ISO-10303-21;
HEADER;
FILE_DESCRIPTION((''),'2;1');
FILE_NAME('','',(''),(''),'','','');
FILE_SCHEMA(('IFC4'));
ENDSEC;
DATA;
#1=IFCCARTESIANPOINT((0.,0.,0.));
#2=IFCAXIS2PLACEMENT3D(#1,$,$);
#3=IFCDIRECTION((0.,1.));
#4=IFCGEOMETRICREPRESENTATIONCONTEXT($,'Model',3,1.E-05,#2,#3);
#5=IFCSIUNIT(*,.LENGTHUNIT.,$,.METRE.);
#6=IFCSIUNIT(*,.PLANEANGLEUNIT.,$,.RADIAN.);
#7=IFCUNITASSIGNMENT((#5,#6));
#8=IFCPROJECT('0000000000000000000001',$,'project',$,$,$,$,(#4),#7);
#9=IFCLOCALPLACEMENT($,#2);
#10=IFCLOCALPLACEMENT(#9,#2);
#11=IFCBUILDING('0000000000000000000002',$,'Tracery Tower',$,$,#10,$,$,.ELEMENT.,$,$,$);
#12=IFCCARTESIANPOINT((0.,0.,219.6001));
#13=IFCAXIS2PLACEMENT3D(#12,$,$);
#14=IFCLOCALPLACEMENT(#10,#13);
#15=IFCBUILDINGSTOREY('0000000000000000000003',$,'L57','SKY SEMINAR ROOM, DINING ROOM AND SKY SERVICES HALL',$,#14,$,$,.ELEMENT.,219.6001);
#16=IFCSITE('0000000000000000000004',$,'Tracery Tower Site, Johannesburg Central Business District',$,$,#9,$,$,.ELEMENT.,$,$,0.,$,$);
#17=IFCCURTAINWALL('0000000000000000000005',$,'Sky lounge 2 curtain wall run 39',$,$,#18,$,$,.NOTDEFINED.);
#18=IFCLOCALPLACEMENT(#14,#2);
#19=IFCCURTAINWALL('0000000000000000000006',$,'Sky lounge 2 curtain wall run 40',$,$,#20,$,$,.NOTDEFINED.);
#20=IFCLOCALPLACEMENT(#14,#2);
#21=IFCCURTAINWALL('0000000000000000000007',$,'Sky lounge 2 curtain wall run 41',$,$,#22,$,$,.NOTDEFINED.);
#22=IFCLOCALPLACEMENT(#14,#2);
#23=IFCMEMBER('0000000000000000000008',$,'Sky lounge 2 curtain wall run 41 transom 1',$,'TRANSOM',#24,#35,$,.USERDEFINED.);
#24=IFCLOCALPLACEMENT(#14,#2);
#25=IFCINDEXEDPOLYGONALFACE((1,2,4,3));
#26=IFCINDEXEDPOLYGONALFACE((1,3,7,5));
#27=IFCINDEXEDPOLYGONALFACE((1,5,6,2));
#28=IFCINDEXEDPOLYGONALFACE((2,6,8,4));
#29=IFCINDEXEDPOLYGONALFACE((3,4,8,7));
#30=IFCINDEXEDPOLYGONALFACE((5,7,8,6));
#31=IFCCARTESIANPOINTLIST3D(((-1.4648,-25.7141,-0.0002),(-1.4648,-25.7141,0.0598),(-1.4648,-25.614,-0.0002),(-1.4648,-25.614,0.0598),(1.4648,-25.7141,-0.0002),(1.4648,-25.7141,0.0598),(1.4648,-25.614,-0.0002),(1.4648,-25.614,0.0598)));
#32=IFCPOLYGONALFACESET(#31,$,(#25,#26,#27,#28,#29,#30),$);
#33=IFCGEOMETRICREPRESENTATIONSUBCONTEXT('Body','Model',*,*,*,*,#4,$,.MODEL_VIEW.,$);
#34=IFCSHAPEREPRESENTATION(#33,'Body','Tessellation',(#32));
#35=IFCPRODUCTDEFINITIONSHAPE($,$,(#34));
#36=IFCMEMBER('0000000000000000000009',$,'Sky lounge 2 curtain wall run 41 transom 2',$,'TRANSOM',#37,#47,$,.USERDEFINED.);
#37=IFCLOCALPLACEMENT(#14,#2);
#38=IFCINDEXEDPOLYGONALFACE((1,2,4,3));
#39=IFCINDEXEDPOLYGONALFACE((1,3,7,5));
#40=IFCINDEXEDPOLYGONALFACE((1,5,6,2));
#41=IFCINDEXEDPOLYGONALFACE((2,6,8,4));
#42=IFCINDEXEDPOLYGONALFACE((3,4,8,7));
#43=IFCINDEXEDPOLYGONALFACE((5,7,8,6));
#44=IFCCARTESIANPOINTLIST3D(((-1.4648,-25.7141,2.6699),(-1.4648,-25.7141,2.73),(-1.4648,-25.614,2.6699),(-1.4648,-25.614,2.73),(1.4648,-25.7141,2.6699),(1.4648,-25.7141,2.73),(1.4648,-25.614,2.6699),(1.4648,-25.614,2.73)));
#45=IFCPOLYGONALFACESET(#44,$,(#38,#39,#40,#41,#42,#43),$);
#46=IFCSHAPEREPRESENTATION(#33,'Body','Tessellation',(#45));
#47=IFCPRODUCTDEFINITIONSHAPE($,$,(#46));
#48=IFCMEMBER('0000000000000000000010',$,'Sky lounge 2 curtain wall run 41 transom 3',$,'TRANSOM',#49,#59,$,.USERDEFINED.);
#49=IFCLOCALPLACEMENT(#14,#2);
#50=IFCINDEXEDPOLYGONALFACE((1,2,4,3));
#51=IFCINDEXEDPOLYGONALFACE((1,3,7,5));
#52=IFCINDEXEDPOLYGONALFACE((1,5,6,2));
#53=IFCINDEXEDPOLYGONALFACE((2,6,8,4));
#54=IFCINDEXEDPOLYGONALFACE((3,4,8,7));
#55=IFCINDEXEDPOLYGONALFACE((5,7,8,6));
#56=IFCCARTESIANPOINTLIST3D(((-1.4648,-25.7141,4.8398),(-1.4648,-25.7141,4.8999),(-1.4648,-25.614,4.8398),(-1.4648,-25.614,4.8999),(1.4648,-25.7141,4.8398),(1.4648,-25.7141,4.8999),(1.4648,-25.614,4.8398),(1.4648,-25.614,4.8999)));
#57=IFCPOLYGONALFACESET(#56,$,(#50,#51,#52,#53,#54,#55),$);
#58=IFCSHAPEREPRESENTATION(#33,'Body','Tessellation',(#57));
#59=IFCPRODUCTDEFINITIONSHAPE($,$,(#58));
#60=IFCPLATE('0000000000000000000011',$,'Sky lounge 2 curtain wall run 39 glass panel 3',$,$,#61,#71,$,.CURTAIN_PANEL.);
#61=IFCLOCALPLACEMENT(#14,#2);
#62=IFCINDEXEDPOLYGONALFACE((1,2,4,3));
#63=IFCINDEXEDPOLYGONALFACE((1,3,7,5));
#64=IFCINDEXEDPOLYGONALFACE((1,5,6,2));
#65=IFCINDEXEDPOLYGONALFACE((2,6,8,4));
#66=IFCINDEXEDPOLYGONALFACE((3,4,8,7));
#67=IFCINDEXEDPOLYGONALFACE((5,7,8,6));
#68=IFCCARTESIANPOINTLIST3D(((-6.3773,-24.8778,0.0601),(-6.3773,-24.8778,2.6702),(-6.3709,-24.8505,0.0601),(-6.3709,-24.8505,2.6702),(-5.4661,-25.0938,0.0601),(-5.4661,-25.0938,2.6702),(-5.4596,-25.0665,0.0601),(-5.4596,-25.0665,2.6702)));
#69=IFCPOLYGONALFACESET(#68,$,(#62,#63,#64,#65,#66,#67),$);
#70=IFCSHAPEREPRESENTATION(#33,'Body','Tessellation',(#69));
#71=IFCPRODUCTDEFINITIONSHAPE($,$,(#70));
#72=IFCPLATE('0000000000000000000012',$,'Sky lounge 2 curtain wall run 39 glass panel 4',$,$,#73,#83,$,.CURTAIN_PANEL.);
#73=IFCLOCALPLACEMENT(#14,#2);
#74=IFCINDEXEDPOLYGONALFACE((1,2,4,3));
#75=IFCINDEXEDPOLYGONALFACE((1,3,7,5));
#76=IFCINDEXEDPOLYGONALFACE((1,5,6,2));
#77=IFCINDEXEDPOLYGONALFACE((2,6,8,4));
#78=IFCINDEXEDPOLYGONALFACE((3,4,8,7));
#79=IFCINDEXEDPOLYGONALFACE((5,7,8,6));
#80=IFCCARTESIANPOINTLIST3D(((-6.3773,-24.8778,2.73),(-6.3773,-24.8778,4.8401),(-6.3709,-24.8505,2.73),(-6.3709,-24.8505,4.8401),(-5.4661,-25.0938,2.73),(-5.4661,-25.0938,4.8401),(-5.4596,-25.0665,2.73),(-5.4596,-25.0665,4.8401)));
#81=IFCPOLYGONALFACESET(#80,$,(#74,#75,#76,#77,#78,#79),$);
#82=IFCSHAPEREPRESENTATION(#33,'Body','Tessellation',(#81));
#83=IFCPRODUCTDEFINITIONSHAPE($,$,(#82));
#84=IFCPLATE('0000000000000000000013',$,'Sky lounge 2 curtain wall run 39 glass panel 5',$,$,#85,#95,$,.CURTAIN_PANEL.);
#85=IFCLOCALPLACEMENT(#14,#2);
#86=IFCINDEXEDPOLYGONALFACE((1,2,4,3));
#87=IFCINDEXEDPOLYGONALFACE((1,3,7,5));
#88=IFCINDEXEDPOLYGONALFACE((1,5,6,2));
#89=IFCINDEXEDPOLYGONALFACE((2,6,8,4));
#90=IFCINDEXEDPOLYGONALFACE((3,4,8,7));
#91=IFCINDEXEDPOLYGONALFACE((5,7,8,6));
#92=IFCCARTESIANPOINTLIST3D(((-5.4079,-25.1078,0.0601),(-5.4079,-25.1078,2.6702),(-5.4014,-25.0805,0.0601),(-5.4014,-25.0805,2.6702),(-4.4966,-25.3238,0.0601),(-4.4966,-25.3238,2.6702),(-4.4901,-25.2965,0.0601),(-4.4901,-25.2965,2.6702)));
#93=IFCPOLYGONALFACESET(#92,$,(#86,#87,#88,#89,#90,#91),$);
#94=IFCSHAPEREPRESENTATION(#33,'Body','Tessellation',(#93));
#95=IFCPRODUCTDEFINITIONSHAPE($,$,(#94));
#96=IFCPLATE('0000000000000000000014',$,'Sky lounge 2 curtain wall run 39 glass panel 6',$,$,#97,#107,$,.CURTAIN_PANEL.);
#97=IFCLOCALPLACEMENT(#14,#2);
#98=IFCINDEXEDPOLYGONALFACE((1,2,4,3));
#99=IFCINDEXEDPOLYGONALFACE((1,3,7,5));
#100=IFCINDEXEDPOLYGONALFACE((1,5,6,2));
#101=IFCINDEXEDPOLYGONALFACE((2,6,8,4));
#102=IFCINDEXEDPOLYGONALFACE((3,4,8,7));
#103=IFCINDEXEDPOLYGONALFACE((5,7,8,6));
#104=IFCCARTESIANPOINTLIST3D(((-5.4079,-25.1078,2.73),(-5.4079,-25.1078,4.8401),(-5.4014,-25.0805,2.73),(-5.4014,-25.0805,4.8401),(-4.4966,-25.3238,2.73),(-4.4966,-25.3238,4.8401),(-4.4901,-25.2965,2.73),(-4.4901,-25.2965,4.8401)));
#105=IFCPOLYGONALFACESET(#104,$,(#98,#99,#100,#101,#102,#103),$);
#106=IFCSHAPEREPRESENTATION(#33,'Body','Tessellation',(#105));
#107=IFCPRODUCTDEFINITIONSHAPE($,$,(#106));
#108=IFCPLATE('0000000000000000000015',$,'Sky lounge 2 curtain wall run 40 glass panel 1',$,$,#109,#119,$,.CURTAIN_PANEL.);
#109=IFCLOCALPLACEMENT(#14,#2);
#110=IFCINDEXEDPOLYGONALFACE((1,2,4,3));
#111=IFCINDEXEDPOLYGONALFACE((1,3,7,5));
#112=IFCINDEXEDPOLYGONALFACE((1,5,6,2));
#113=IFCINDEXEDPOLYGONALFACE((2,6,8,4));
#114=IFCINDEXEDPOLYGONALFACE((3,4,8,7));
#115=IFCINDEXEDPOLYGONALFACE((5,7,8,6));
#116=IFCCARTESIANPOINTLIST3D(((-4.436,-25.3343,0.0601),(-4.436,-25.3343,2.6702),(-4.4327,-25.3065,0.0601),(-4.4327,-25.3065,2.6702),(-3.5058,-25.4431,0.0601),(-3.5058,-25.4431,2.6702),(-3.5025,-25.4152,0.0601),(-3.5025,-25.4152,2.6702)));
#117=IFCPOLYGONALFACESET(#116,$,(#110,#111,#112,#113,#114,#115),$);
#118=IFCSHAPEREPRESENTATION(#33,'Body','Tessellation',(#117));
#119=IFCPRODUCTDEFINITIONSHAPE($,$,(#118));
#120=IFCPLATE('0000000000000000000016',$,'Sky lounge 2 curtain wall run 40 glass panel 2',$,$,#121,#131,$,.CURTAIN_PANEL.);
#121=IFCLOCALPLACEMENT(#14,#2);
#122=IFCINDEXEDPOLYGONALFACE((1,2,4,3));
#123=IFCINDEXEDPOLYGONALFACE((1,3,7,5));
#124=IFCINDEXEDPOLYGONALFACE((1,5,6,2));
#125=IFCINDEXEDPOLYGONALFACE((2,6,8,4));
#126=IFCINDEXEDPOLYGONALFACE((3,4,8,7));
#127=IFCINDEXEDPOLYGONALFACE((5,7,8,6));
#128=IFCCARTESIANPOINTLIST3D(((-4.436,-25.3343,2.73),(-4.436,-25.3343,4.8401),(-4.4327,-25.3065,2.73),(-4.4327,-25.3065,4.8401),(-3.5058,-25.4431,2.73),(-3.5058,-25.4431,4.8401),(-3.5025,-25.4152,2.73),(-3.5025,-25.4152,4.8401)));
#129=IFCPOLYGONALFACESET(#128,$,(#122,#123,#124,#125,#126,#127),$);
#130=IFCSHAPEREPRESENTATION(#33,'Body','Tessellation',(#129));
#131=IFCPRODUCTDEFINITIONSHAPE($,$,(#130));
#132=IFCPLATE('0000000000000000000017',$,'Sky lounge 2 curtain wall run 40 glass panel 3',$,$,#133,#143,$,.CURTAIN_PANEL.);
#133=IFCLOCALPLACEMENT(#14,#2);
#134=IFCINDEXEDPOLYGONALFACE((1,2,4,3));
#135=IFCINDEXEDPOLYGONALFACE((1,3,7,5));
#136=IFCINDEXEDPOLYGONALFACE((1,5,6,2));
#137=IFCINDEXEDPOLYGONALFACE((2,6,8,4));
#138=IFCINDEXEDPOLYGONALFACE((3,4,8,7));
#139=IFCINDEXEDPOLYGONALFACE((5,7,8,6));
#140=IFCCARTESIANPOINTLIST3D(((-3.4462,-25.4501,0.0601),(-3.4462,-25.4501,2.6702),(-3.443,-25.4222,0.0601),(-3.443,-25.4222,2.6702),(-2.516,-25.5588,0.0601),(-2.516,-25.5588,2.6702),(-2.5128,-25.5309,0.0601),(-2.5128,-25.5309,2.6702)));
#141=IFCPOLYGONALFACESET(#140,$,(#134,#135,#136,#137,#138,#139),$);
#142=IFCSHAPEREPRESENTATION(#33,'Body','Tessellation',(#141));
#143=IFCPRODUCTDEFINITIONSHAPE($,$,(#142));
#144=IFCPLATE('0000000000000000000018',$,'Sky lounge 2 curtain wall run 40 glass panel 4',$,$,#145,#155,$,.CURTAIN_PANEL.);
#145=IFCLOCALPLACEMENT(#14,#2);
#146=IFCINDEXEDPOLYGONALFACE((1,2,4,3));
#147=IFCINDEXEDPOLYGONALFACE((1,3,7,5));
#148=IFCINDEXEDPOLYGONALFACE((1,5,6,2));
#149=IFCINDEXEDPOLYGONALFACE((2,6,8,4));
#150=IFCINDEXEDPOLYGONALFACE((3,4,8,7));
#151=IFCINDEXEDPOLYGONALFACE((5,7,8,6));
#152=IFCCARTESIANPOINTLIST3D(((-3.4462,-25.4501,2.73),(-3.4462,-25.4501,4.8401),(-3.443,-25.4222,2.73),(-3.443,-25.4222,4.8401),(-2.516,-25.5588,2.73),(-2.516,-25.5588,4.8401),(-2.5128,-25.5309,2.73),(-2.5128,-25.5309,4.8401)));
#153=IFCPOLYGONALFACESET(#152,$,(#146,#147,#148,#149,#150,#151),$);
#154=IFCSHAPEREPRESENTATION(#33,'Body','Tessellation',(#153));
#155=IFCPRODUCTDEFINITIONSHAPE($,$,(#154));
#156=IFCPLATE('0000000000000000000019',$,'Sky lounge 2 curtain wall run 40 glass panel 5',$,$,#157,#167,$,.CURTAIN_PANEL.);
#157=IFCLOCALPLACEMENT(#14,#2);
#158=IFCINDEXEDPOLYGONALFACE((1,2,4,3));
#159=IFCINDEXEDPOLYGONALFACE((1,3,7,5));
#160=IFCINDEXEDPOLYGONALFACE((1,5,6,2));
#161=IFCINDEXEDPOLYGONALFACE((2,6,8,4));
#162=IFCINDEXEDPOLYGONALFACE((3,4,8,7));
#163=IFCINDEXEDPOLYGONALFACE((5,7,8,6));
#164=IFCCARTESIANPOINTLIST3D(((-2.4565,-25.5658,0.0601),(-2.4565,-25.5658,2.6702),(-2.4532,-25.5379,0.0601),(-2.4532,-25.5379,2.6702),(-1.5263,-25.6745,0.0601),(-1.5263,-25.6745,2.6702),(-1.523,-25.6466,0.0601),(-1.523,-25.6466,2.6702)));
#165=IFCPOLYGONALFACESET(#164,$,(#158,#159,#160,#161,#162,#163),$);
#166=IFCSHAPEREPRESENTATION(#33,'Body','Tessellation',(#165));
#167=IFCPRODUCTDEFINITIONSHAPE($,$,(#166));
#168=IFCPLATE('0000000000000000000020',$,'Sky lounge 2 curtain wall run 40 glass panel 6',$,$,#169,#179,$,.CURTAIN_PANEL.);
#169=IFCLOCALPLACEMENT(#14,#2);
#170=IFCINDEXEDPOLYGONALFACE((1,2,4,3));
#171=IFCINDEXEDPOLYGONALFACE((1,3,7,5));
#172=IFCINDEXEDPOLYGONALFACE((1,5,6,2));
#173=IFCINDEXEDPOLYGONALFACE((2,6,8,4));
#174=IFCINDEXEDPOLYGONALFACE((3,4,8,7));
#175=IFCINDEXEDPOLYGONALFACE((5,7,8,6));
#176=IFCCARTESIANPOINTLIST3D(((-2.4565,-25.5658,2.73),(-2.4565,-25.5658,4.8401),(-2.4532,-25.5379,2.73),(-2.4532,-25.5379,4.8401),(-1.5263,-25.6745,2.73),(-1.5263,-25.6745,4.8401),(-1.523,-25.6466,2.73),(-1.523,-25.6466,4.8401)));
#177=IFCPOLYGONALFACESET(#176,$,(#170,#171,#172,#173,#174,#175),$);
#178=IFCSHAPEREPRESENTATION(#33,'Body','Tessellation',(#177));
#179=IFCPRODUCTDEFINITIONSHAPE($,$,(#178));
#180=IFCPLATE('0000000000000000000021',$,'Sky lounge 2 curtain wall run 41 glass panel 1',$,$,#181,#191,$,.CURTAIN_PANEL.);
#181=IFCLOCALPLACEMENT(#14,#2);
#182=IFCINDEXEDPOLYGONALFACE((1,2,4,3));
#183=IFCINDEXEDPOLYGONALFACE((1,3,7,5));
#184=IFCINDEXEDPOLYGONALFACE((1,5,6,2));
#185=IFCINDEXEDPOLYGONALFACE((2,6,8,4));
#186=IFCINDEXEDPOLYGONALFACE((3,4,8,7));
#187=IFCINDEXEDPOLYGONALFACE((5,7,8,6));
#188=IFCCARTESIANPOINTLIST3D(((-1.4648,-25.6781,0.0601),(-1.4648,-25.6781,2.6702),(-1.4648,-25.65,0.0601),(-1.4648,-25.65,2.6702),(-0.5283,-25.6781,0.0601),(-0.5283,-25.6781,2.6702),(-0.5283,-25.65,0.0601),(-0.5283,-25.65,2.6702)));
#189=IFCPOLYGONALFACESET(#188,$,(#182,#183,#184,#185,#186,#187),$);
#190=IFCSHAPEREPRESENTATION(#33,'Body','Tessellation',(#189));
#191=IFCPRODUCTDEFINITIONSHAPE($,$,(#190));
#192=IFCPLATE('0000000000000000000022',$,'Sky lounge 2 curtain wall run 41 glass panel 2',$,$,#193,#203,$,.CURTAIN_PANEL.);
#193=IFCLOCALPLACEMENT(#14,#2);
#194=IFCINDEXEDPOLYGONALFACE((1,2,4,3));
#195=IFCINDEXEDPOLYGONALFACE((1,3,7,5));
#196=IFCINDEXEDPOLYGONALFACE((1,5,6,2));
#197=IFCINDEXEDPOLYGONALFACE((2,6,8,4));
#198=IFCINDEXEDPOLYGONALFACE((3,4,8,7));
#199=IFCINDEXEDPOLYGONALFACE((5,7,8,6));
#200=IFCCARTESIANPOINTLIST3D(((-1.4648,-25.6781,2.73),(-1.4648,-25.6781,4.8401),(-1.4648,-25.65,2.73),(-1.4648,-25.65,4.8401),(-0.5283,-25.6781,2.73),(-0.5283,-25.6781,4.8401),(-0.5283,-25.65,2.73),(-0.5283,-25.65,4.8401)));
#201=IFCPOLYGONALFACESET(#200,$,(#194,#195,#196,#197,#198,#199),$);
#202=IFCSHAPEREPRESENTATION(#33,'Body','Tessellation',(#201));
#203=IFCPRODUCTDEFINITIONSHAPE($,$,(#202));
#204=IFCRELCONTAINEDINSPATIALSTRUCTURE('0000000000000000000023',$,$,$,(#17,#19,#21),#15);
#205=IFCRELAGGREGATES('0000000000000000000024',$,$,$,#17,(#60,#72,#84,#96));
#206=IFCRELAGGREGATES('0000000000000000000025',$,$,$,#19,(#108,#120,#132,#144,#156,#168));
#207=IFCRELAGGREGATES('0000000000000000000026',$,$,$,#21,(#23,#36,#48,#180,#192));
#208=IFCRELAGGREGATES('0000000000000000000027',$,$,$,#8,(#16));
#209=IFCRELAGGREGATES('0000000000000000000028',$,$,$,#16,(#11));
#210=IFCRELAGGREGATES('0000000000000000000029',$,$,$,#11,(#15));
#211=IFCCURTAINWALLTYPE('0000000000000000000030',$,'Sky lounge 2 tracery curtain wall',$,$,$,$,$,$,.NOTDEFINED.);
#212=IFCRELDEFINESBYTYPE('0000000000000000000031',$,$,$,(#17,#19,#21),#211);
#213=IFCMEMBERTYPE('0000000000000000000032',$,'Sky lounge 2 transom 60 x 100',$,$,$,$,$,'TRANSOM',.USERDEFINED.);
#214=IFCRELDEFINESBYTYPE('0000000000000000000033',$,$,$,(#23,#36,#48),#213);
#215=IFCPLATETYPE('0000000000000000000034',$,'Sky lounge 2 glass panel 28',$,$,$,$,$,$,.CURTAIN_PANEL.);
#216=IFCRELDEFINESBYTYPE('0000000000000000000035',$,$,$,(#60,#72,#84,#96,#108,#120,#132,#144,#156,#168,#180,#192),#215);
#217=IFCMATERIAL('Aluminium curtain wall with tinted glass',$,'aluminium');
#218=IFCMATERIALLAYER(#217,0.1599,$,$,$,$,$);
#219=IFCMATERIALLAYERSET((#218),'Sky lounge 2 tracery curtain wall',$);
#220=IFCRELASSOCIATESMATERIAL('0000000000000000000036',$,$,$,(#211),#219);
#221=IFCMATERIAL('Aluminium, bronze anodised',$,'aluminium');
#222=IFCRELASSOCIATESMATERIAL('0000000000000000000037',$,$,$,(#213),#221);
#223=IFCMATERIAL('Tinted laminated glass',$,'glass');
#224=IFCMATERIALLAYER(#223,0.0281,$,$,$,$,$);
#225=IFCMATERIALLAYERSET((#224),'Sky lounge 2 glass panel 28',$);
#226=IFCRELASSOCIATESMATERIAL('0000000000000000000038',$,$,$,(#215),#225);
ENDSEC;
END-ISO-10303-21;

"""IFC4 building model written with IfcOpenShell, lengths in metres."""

from ifc_helpers import new_model, si_unit, direction, frame, origin, origin_2d, place, context, subcontext, project, spatial, rectangle, extrude, material, layer, layer_set, material_profile, profile_set, type_object, element, aggregate, save


model = new_model("IFC4")

# Units and contexts
model_context = context("Model", 3, precision=1e-05, world=origin(), true_north=direction((0.0, 1.0)))
body_context = subcontext(model_context, "Body", "Model", "MODEL_VIEW")
ifc_project = project(units=[si_unit("LENGTHUNIT", "METRE"), si_unit("PLANEANGLEUNIT", "RADIAN")], contexts=[model_context])

# Site, building, storey
site_placement = place(None, origin())
site = spatial("IfcSite", under=ifc_project, at=site_placement, Name="Tracery Tower Site, Johannesburg Central Business District", CompositionType="ELEMENT", RefElevation=0.0)
building_placement = place(site_placement, origin())
building = spatial("IfcBuilding", under=site, at=building_placement, Name="Tracery Tower", CompositionType="ELEMENT")
storey_placement = place(building_placement, frame((0.0, 0.0, 219.6001)))
storey = spatial("IfcBuildingStorey", under=building, at=storey_placement, Name="L57", Description="SKY SEMINAR ROOM, DINING ROOM AND SKY SERVICES HALL", CompositionType="ELEMENT", Elevation=219.6001)

# Curtain wall
ifc_material_1 = material(Name="Aluminium curtain wall with tinted glass", Category="aluminium")
ifc_layer_1 = layer(ifc_material_1, 0.1599)
ifc_layer_set_1 = layer_set([ifc_layer_1], Name="Sky lounge 2 tracery curtain wall")
curtain_wall_type = type_object("IfcCurtainWallType", Name="Sky lounge 2 tracery curtain wall", PredefinedType="NOTDEFINED", material=ifc_layer_set_1)
curtain_wall_1_placement = place(storey_placement, origin())
curtain_wall_1 = element("IfcCurtainWall", 1, at=curtain_wall_1_placement, inside=storey, type_object=curtain_wall_type, Name="Sky lounge 2 curtain wall run 39", PredefinedType="NOTDEFINED")

# Curtain walls
curtain_wall_2_placement = place(storey_placement, origin())
curtain_wall_2 = element("IfcCurtainWall", 2, at=curtain_wall_2_placement, inside=storey, type_object=curtain_wall_type, Name="Sky lounge 2 curtain wall run 40", PredefinedType="NOTDEFINED")
curtain_wall_3_placement = place(storey_placement, origin())
curtain_wall_3 = element("IfcCurtainWall", 3, at=curtain_wall_3_placement, inside=storey, type_object=curtain_wall_type, Name="Sky lounge 2 curtain wall run 41", PredefinedType="NOTDEFINED")

# Members
ifc_material_2 = material(Name="Aluminium, bronze anodised", Category="aluminium")
ifc_material_profile_1 = material_profile(ifc_material_2, rectangle(XDim=0.1001, YDim=0.0601, at=origin_2d()), Name="AL 60x100")
ifc_profile_set_1 = profile_set([ifc_material_profile_1], Name="Aluminium, bronze anodised")
member_type_1 = type_object("IfcMemberType", Name="Sky lounge 2 transom 60 x 100", ElementType="TRANSOM", PredefinedType="USERDEFINED", material=ifc_profile_set_1)
member_1_placement = place(storey_placement, frame((-1.4648, -25.6641, 0.0298), z_axis=(1.0, 0.0, 0.0), x_axis=(0.0, 1.0, 0.0)))
member_1 = element("IfcMember", 4, at=member_1_placement, type_object=member_type_1, Name="Sky lounge 2 curtain wall run 41 transom 1", ObjectType="TRANSOM", PredefinedType="USERDEFINED", context=body_context, shape_type="SweptSolid", body=[
    extrude(rectangle(XDim=0.1001, YDim=0.0601, at=origin_2d()), origin(), (0.0, 0.0, 1.0), 2.9297),
])
member_2_placement = place(storey_placement, frame((-1.4648, -25.6641, 2.7), z_axis=(1.0, 0.0, 0.0), x_axis=(0.0, 1.0, 0.0)))
member_2 = element("IfcMember", 5, at=member_2_placement, type_object=member_type_1, Name="Sky lounge 2 curtain wall run 41 transom 2", ObjectType="TRANSOM", PredefinedType="USERDEFINED", context=body_context, shape_type="SweptSolid", body=[
    extrude(rectangle(XDim=0.1001, YDim=0.0601, at=origin_2d()), origin(), (0.0, 0.0, 1.0), 2.9297),
])
member_3_placement = place(storey_placement, frame((-1.4648, -25.6641, 4.8699), z_axis=(1.0, 0.0, 0.0), x_axis=(0.0, 1.0, 0.0)))
member_3 = element("IfcMember", 6, at=member_3_placement, type_object=member_type_1, Name="Sky lounge 2 curtain wall run 41 transom 3", ObjectType="TRANSOM", PredefinedType="USERDEFINED", context=body_context, shape_type="SweptSolid", body=[
    extrude(rectangle(XDim=0.1001, YDim=0.0601, at=origin_2d()), origin(), (0.0, 0.0, 1.0), 2.9297),
])

# Plates
ifc_material_3 = material(Name="Tinted laminated glass", Category="glass")
ifc_layer_2 = layer(ifc_material_3, 0.0281)
ifc_layer_set_2 = layer_set([ifc_layer_2], Name="Sky lounge 2 glass panel 28")
plate_type = type_object("IfcPlateType", Name="Sky lounge 2 glass panel 28", PredefinedType="CURTAIN_PANEL", material=ifc_layer_set_2)
plate_1_placement = place(storey_placement, frame((-5.9185, -24.9722, 0.0601), z_axis=(0.0, 0.0, 1.0), x_axis=(0.973045, -0.230616, 0.0)))
plate_1 = element("IfcPlate", 7, at=plate_1_placement, type_object=plate_type, Name="Sky lounge 2 curtain wall run 39 glass panel 3", PredefinedType="CURTAIN_PANEL", context=body_context, shape_type="SweptSolid", body=[
    extrude(rectangle(XDim=0.9365, YDim=0.0281, at=origin_2d()), origin(), (0.0, 0.0, 1.0), 2.6101),
])
plate_2_placement = place(storey_placement, frame((-5.9185, -24.9722, 2.73), z_axis=(0.0, 0.0, 1.0), x_axis=(0.973045, -0.230616, 0.0)))
plate_2 = element("IfcPlate", 8, at=plate_2_placement, type_object=plate_type, Name="Sky lounge 2 curtain wall run 39 glass panel 4", PredefinedType="CURTAIN_PANEL", context=body_context, shape_type="SweptSolid", body=[
    extrude(rectangle(XDim=0.9365, YDim=0.0281, at=origin_2d()), origin(), (0.0, 0.0, 1.0), 2.1101),
])
plate_3_placement = place(storey_placement, frame((-4.949, -25.2021, 0.0601), z_axis=(0.0, 0.0, 1.0), x_axis=(0.973045, -0.230616, 0.0)))
plate_3 = element("IfcPlate", 9, at=plate_3_placement, type_object=plate_type, Name="Sky lounge 2 curtain wall run 39 glass panel 5", PredefinedType="CURTAIN_PANEL", context=body_context, shape_type="SweptSolid", body=[
    extrude(rectangle(XDim=0.9365, YDim=0.0281, at=origin_2d()), origin(), (0.0, 0.0, 1.0), 2.6101),
])
plate_4_placement = place(storey_placement, frame((-4.949, -25.2021, 2.73), z_axis=(0.0, 0.0, 1.0), x_axis=(0.973045, -0.230616, 0.0)))
plate_4 = element("IfcPlate", 10, at=plate_4_placement, type_object=plate_type, Name="Sky lounge 2 curtain wall run 39 glass panel 6", PredefinedType="CURTAIN_PANEL", context=body_context, shape_type="SweptSolid", body=[
    extrude(rectangle(XDim=0.9365, YDim=0.0281, at=origin_2d()), origin(), (0.0, 0.0, 1.0), 2.1101),
])
aggregate(curtain_wall_1, [plate_1, plate_2, plate_3, plate_4])
plate_5_placement = place(storey_placement, frame((-3.9692, -25.3748, 0.0601), z_axis=(0.0, 0.0, 1.0), x_axis=(0.993238, -0.116093, 0.0)))
plate_5 = element("IfcPlate", 11, at=plate_5_placement, type_object=plate_type, Name="Sky lounge 2 curtain wall run 40 glass panel 1", PredefinedType="CURTAIN_PANEL", context=body_context, shape_type="SweptSolid", body=[
    extrude(rectangle(XDim=0.9365, YDim=0.0281, at=origin_2d()), origin(), (0.0, 0.0, 1.0), 2.6101),
])
plate_6_placement = place(storey_placement, frame((-3.9692, -25.3748, 2.73), z_axis=(0.0, 0.0, 1.0), x_axis=(0.993238, -0.116093, 0.0)))
plate_6 = element("IfcPlate", 12, at=plate_6_placement, type_object=plate_type, Name="Sky lounge 2 curtain wall run 40 glass panel 2", PredefinedType="CURTAIN_PANEL", context=body_context, shape_type="SweptSolid", body=[
    extrude(rectangle(XDim=0.9365, YDim=0.0281, at=origin_2d()), origin(), (0.0, 0.0, 1.0), 2.1101),
])
plate_7_placement = place(storey_placement, frame((-2.9795, -25.4905, 0.0601), z_axis=(0.0, 0.0, 1.0), x_axis=(0.993238, -0.116093, 0.0)))
plate_7 = element("IfcPlate", 13, at=plate_7_placement, type_object=plate_type, Name="Sky lounge 2 curtain wall run 40 glass panel 3", PredefinedType="CURTAIN_PANEL", context=body_context, shape_type="SweptSolid", body=[
    extrude(rectangle(XDim=0.9365, YDim=0.0281, at=origin_2d()), origin(), (0.0, 0.0, 1.0), 2.6101),
])
plate_8_placement = place(storey_placement, frame((-2.9795, -25.4905, 2.73), z_axis=(0.0, 0.0, 1.0), x_axis=(0.993238, -0.116093, 0.0)))
plate_8 = element("IfcPlate", 14, at=plate_8_placement, type_object=plate_type, Name="Sky lounge 2 curtain wall run 40 glass panel 4", PredefinedType="CURTAIN_PANEL", context=body_context, shape_type="SweptSolid", body=[
    extrude(rectangle(XDim=0.9365, YDim=0.0281, at=origin_2d()), origin(), (0.0, 0.0, 1.0), 2.1101),
])
plate_9_placement = place(storey_placement, frame((-1.9897, -25.6062, 0.0601), z_axis=(0.0, 0.0, 1.0), x_axis=(0.993238, -0.116093, 0.0)))
plate_9 = element("IfcPlate", 15, at=plate_9_placement, type_object=plate_type, Name="Sky lounge 2 curtain wall run 40 glass panel 5", PredefinedType="CURTAIN_PANEL", context=body_context, shape_type="SweptSolid", body=[
    extrude(rectangle(XDim=0.9365, YDim=0.0281, at=origin_2d()), origin(), (0.0, 0.0, 1.0), 2.6101),
])
plate_10_placement = place(storey_placement, frame((-1.9897, -25.6062, 2.73), z_axis=(0.0, 0.0, 1.0), x_axis=(0.993238, -0.116093, 0.0)))
plate_10 = element("IfcPlate", 16, at=plate_10_placement, type_object=plate_type, Name="Sky lounge 2 curtain wall run 40 glass panel 6", PredefinedType="CURTAIN_PANEL", context=body_context, shape_type="SweptSolid", body=[
    extrude(rectangle(XDim=0.9365, YDim=0.0281, at=origin_2d()), origin(), (0.0, 0.0, 1.0), 2.1101),
])
aggregate(curtain_wall_2, [plate_5, plate_6, plate_7, plate_8, plate_9, plate_10])
plate_11_placement = place(storey_placement, frame((-0.9966, -25.6641, 0.0601), z_axis=(0.0, 0.0, 1.0), x_axis=(1.0, 0.0, 0.0)))
plate_11 = element("IfcPlate", 17, at=plate_11_placement, type_object=plate_type, Name="Sky lounge 2 curtain wall run 41 glass panel 1", PredefinedType="CURTAIN_PANEL", context=body_context, shape_type="SweptSolid", body=[
    extrude(rectangle(XDim=0.9365, YDim=0.0281, at=origin_2d()), origin(), (0.0, 0.0, 1.0), 2.6101),
])
plate_12_placement = place(storey_placement, frame((-0.9966, -25.6641, 2.73), z_axis=(0.0, 0.0, 1.0), x_axis=(1.0, 0.0, 0.0)))
plate_12 = element("IfcPlate", 18, at=plate_12_placement, type_object=plate_type, Name="Sky lounge 2 curtain wall run 41 glass panel 2", PredefinedType="CURTAIN_PANEL", context=body_context, shape_type="SweptSolid", body=[
    extrude(rectangle(XDim=0.9365, YDim=0.0281, at=origin_2d()), origin(), (0.0, 0.0, 1.0), 2.1101),
])
aggregate(curtain_wall_3, [member_1, member_2, member_3, plate_11, plate_12])

save(model, "model.ifc")
